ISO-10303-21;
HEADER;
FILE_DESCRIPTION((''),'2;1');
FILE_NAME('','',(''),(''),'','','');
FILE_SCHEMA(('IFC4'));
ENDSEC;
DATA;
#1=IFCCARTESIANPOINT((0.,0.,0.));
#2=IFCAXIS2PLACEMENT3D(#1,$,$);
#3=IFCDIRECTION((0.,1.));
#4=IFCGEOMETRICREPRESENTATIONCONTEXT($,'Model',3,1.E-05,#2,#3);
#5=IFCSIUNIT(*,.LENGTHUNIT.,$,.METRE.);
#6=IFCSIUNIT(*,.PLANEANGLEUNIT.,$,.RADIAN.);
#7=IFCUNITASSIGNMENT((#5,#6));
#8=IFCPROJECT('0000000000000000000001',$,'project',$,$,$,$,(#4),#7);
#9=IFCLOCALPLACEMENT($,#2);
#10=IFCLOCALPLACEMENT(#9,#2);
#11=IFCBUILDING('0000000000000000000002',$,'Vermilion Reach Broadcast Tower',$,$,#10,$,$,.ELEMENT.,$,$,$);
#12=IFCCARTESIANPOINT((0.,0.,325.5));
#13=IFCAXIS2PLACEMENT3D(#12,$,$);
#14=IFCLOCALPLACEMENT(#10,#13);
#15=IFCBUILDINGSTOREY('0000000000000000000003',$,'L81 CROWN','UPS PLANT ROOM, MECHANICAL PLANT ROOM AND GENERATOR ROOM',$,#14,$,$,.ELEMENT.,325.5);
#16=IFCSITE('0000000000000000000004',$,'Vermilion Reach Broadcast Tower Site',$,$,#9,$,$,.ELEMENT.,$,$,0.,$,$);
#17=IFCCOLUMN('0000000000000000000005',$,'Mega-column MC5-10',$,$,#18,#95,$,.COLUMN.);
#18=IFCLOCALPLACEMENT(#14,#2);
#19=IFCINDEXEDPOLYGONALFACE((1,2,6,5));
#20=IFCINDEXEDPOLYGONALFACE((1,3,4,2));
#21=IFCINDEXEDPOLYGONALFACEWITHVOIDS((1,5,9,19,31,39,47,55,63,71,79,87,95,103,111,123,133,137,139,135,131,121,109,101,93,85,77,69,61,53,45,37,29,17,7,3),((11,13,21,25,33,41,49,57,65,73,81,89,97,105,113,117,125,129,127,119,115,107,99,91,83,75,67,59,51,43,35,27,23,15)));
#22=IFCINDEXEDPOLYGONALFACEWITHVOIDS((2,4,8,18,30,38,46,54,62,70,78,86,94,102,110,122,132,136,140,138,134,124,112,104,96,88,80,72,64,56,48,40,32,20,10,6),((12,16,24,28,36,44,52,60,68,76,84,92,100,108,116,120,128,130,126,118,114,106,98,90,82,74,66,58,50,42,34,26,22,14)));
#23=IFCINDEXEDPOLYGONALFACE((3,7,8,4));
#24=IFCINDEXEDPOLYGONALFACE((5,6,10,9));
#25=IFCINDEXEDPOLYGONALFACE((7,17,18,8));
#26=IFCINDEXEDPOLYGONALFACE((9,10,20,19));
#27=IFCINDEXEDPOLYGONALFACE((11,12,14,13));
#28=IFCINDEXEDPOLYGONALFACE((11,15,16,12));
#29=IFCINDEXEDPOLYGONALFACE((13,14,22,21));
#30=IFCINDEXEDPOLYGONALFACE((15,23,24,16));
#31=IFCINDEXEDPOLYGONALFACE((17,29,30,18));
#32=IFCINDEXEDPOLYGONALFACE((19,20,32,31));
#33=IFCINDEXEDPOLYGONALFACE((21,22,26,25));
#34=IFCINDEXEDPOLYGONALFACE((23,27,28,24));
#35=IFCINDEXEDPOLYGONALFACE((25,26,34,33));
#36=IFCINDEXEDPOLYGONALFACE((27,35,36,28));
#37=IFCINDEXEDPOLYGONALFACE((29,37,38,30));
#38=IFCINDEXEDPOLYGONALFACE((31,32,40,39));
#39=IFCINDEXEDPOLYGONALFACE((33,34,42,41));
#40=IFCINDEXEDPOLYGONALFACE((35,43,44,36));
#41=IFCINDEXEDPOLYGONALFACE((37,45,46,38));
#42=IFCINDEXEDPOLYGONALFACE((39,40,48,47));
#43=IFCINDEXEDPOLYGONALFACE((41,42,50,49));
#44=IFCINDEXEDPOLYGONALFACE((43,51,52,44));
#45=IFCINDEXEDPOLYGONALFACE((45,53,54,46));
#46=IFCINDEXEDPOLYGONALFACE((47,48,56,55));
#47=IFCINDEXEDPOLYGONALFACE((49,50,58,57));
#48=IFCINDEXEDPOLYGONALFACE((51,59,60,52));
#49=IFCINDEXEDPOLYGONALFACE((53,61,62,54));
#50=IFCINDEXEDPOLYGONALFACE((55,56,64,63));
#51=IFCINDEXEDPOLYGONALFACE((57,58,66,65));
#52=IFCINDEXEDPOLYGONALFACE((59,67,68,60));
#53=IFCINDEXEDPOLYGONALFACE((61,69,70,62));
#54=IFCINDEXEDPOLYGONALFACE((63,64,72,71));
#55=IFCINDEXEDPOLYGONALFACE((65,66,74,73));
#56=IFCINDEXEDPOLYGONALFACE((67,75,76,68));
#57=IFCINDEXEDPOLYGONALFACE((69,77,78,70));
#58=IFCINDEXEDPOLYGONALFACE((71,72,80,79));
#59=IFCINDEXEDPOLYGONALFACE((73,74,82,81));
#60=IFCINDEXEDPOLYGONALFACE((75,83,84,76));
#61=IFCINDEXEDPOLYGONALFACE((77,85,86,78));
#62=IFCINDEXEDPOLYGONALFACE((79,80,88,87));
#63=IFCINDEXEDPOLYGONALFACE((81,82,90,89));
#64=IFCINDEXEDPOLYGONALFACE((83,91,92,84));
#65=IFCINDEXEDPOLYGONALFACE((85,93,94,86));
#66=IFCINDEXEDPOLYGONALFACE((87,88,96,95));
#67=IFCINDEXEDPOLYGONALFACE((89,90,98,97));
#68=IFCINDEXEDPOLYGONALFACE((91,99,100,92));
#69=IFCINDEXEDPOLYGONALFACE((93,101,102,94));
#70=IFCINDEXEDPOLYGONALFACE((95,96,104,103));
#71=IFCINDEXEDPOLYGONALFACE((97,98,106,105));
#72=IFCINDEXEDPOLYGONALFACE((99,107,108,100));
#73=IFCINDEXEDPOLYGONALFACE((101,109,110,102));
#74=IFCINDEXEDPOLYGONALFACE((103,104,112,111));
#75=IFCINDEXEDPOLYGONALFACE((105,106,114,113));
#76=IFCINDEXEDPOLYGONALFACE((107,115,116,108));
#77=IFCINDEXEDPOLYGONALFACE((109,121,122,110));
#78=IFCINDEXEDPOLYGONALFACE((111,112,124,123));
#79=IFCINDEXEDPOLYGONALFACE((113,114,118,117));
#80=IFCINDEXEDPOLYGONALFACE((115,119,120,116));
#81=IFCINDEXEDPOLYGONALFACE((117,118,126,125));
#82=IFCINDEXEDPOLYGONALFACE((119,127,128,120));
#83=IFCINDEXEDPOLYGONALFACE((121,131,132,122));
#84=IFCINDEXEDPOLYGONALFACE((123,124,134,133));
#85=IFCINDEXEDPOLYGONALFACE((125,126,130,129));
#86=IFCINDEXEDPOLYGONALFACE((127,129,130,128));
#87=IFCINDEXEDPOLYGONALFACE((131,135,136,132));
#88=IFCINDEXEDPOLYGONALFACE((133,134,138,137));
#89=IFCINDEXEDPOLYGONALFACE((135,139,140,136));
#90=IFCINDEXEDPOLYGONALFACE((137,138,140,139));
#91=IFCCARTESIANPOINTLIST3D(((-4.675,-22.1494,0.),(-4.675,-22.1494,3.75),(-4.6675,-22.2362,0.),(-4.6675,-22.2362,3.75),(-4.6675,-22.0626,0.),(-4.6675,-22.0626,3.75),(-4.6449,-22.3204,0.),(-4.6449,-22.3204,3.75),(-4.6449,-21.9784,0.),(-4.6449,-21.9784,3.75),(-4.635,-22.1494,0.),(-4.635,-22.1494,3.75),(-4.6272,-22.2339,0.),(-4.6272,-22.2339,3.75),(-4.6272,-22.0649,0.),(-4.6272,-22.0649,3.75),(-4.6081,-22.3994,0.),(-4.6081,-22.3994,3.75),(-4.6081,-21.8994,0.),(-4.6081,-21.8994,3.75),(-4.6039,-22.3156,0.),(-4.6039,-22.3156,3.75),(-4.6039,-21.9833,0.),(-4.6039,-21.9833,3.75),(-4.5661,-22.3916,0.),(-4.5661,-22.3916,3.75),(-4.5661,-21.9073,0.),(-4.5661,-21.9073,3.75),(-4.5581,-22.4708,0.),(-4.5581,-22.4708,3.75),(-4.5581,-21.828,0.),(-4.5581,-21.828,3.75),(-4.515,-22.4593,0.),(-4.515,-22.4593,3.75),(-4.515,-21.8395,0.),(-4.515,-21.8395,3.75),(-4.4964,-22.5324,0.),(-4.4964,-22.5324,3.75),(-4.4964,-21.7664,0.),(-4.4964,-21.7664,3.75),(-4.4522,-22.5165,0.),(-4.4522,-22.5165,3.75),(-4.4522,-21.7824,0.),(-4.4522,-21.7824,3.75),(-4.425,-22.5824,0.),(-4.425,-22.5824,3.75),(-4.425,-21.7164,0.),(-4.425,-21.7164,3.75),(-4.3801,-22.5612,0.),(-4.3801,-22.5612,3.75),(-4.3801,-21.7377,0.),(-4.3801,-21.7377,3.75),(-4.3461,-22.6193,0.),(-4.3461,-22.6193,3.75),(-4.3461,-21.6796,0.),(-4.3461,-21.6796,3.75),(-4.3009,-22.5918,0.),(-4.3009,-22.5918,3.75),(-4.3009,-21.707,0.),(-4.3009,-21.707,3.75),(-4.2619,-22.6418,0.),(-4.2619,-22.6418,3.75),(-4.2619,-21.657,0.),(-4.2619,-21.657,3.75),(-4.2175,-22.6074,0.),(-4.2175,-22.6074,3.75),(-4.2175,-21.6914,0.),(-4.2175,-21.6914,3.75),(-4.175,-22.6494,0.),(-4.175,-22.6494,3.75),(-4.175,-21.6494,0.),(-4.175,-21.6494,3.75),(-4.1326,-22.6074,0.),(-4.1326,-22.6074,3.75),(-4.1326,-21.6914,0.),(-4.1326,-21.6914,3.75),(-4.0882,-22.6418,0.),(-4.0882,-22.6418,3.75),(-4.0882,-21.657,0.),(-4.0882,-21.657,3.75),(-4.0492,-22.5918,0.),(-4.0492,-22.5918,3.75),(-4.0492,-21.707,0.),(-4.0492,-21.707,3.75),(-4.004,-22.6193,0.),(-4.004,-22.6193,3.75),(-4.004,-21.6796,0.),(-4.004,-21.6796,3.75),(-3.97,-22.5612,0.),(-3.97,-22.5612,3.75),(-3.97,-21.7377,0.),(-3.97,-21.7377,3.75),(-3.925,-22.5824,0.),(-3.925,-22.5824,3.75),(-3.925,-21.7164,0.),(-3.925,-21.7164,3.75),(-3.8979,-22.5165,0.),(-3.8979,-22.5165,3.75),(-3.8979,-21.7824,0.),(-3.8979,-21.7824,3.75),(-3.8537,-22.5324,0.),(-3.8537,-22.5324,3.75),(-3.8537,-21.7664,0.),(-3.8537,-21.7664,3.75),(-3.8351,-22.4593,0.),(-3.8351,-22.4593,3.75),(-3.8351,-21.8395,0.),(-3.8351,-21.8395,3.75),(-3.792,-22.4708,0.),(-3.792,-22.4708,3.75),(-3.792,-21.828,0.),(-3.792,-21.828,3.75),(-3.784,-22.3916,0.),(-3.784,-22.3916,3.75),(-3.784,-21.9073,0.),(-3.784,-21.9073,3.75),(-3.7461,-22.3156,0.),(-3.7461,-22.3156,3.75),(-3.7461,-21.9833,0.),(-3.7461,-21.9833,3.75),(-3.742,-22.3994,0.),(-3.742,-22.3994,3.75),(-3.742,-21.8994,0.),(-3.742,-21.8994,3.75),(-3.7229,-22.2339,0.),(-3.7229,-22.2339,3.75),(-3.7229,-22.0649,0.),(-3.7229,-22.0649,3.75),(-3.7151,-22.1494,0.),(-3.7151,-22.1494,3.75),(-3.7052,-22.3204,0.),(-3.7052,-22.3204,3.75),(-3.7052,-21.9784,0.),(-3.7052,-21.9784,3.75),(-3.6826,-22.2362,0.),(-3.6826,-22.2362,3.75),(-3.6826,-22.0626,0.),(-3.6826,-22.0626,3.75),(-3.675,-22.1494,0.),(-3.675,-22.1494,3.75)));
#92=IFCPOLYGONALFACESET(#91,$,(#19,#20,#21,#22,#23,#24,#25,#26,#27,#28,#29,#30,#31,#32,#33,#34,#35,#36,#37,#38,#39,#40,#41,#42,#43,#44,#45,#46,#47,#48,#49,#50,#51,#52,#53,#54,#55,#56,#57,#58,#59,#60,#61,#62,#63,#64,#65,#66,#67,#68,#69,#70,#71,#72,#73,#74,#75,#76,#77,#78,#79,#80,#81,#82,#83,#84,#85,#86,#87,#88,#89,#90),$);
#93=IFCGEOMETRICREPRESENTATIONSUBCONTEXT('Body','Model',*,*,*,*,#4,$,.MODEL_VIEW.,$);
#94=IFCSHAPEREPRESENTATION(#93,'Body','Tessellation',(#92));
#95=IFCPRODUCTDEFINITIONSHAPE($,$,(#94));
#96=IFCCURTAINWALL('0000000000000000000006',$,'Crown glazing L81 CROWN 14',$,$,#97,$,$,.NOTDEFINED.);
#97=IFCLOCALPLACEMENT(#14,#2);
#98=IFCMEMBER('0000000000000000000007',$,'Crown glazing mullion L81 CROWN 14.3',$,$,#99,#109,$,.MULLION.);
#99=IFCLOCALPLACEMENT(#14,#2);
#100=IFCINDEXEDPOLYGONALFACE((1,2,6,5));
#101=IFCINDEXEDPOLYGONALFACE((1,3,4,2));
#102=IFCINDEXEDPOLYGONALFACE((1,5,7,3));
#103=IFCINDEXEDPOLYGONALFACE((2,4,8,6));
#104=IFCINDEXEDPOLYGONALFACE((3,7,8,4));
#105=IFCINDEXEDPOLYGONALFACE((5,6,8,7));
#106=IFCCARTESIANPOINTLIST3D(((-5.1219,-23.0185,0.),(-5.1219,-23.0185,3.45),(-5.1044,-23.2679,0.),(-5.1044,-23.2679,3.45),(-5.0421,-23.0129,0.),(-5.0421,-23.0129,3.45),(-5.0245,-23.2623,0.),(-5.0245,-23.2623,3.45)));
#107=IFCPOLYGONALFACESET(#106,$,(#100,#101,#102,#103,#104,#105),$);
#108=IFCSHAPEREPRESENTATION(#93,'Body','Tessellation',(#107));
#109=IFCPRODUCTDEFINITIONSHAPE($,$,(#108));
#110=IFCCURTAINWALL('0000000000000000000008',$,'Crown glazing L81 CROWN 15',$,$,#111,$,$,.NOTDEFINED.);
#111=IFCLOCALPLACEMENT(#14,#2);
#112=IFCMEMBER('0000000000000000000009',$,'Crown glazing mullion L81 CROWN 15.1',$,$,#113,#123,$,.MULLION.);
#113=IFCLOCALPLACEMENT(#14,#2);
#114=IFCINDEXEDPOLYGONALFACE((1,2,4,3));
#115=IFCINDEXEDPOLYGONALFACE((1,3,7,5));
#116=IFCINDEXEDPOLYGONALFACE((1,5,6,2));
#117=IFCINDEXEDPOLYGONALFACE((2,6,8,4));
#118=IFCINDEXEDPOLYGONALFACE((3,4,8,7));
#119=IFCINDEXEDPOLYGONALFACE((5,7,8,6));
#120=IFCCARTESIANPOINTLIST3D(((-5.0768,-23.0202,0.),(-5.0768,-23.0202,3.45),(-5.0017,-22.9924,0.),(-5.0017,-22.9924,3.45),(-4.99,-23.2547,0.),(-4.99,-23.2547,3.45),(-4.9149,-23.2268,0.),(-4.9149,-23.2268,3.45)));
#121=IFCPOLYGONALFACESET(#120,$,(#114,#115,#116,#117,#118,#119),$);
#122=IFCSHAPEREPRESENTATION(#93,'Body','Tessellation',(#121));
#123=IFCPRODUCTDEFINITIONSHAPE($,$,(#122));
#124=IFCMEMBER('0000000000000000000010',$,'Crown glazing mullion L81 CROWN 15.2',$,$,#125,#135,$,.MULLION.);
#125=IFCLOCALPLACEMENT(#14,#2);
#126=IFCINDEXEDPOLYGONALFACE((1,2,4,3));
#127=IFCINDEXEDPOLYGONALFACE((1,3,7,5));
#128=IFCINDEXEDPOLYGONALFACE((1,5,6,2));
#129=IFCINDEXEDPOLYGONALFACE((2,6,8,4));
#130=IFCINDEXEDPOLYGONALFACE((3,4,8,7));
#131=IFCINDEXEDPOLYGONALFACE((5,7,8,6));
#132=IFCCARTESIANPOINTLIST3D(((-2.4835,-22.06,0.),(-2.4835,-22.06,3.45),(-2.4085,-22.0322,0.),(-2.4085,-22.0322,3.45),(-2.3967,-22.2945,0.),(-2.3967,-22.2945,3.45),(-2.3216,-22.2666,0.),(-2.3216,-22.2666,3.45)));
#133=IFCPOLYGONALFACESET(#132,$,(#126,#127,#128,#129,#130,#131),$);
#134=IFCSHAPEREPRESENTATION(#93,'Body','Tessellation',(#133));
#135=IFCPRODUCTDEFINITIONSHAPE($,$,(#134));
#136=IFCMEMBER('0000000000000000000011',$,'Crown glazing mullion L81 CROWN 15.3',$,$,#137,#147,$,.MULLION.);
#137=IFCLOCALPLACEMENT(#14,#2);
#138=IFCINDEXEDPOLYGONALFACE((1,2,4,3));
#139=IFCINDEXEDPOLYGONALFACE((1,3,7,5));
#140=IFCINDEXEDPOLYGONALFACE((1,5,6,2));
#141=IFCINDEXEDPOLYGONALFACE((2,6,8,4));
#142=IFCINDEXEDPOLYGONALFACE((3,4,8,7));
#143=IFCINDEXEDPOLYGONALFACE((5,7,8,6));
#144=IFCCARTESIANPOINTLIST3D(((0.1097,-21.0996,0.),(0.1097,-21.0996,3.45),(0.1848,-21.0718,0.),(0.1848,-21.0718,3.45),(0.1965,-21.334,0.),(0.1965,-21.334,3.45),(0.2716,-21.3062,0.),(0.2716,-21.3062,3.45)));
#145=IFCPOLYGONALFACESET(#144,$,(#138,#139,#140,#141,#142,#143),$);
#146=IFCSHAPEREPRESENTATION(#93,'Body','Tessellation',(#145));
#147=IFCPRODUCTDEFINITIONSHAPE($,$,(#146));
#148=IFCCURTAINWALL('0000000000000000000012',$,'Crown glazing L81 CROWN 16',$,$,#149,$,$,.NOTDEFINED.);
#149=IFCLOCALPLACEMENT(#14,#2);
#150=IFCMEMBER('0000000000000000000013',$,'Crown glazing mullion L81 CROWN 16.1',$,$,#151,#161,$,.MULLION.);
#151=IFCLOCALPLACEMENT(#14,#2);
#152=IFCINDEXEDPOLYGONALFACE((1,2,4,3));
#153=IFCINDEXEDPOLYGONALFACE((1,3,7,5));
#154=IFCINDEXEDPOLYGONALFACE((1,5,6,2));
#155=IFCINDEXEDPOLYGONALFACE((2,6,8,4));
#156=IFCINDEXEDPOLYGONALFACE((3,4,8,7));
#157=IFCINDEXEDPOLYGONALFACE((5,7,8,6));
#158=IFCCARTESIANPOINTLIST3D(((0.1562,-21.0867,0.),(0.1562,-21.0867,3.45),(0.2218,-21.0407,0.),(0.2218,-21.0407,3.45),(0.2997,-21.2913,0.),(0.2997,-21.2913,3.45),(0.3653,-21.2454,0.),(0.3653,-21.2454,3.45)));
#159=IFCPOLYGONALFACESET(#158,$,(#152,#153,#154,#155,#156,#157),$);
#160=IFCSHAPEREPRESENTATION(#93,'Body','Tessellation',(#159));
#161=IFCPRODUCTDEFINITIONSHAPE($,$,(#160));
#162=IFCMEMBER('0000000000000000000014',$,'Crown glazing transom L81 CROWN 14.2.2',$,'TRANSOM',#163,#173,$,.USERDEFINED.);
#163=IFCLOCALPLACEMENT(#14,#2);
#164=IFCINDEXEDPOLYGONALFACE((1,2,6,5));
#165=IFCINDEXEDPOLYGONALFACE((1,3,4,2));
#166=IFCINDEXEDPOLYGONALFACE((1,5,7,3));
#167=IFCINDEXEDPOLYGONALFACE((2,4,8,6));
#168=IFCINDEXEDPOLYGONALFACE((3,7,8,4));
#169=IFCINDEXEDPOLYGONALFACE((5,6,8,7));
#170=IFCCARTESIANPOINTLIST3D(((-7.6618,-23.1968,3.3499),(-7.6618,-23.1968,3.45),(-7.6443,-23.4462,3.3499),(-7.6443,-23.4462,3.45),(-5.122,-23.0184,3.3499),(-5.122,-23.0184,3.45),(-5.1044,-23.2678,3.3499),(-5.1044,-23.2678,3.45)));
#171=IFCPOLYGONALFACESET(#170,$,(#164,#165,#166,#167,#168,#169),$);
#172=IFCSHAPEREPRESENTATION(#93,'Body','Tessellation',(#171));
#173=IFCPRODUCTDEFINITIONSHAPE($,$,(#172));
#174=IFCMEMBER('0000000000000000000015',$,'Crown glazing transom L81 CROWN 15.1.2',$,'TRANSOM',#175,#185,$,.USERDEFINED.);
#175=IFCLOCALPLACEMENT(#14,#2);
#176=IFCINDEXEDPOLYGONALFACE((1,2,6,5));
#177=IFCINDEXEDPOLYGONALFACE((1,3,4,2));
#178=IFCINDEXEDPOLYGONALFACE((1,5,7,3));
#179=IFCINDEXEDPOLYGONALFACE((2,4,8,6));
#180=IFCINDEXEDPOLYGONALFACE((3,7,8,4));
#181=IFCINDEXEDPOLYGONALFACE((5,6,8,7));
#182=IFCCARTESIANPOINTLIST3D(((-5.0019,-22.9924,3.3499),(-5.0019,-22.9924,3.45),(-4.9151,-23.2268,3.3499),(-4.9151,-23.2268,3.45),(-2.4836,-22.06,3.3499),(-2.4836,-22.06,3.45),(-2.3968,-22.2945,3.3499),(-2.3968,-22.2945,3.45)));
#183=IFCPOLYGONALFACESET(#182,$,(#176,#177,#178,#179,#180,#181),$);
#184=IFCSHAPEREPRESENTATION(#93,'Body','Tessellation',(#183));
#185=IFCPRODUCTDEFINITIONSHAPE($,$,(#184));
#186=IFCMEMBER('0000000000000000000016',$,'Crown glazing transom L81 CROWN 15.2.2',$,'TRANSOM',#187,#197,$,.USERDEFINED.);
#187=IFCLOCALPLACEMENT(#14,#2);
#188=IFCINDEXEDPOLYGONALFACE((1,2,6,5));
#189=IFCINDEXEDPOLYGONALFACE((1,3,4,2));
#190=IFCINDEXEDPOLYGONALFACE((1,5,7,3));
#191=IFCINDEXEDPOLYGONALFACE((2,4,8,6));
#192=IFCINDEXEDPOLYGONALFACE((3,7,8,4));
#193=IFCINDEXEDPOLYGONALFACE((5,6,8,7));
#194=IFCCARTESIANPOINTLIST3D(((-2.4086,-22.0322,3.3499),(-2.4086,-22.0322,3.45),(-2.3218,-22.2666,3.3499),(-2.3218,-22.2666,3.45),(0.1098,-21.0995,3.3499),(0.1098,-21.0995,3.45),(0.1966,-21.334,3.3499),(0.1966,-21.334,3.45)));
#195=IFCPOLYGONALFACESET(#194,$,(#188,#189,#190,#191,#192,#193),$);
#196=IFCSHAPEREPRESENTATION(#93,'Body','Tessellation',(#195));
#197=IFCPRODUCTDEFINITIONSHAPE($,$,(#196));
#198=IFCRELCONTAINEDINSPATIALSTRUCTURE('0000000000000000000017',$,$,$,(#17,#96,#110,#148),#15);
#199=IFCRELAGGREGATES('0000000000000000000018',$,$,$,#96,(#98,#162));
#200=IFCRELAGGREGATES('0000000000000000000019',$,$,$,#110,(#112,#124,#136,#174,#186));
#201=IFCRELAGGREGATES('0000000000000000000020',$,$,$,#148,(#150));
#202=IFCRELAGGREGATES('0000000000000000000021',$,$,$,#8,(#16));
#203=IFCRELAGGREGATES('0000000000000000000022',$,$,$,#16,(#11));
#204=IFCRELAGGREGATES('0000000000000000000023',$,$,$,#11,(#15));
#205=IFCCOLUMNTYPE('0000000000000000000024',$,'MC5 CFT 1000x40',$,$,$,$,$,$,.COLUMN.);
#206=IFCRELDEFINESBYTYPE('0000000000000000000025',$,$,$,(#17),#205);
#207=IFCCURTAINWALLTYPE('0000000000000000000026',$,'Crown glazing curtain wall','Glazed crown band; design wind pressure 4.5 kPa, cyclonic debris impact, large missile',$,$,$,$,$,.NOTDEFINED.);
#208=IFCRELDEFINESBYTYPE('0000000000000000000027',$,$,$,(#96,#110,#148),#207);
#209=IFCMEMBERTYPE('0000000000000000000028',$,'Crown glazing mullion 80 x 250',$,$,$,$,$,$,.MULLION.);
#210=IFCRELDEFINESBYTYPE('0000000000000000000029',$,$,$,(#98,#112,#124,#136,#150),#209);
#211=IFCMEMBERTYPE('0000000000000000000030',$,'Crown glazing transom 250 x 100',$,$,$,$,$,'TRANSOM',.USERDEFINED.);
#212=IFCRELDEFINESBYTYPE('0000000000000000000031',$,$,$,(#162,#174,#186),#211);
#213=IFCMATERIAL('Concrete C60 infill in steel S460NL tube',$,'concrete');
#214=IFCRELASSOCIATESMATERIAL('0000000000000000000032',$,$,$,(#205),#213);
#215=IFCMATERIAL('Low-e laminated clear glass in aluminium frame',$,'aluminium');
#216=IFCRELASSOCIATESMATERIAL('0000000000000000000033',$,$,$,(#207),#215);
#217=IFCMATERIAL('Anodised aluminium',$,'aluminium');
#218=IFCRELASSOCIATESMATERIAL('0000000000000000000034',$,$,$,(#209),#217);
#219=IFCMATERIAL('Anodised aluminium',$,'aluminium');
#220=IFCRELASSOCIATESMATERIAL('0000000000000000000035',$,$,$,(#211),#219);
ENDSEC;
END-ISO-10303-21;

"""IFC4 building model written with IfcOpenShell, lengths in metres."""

from ifc_helpers import new_model, si_unit, direction, frame, origin, origin_2d, place, context, subcontext, project, spatial, rectangle, hollow_circle, extrude, material, material_profile, profile_set, type_object, element, aggregate, save


model = new_model("IFC4")

# Units and contexts
model_context = context("Model", 3, precision=1e-05, world=origin(), true_north=direction((0.0, 1.0)))
body_context = subcontext(model_context, "Body", "Model", "MODEL_VIEW")
ifc_project = project(units=[si_unit("LENGTHUNIT", "METRE"), si_unit("PLANEANGLEUNIT", "RADIAN")], contexts=[model_context])

# Site, building, storey
site_placement = place(None, origin())
site = spatial("IfcSite", under=ifc_project, at=site_placement, Name="Vermilion Reach Broadcast Tower Site", CompositionType="ELEMENT", RefElevation=0.0)
building_placement = place(site_placement, origin())
building = spatial("IfcBuilding", under=site, at=building_placement, Name="Vermilion Reach Broadcast Tower", CompositionType="ELEMENT")
storey_placement = place(building_placement, frame((0.0, 0.0, 325.5)))
storey = spatial("IfcBuildingStorey", under=building, at=storey_placement, Name="L81 CROWN", Description="UPS PLANT ROOM, MECHANICAL PLANT ROOM AND GENERATOR ROOM", CompositionType="ELEMENT", Elevation=325.5)

# Column
ifc_material_1 = material(Name="Concrete C60 infill in steel S460NL tube", Category="concrete")
ifc_material_profile_1 = material_profile(ifc_material_1, hollow_circle(Radius=0.5, WallThickness=0.04, at=origin_2d()), Name="Concrete C60 infill in steel S460NL tube CFT 1000x40")
ifc_profile_set_1 = profile_set([ifc_material_profile_1], Name="Concrete C60 infill in steel S460NL tube")
column_type = type_object("IfcColumnType", Name="MC5 CFT 1000x40", PredefinedType="COLUMN", material=ifc_profile_set_1)
column_placement = place(storey_placement, frame((-4.175, -22.1494, 0.0), z_axis=(0.0, 0.0, 1.0), x_axis=(1.0, 0.0, 0.0)))
element("IfcColumn", 1, at=column_placement, inside=storey, type_object=column_type, Name="Mega-column MC5-10", PredefinedType="COLUMN", context=body_context, shape_type="SweptSolid", body=[
    extrude(hollow_circle(Radius=0.5, WallThickness=0.04, at=origin_2d()), origin(), (0.0, 0.0, 1.0), 3.75),
])

# Curtain wall, member
ifc_material_2 = material(Name="Low-e laminated clear glass in aluminium frame", Category="aluminium")
curtain_wall_type = type_object("IfcCurtainWallType", Name="Crown glazing curtain wall", Description="Glazed crown band; design wind pressure 4.5 kPa, cyclonic debris impact, large missile", PredefinedType="NOTDEFINED", material=ifc_material_2)
placement = place(storey_placement, origin())
curtain_wall_1 = element("IfcCurtainWall", 2, at=placement, inside=storey, type_object=curtain_wall_type, Name="Crown glazing L81 CROWN 14", PredefinedType="NOTDEFINED")
ifc_material_3 = material(Name="Anodised aluminium", Category="aluminium")
ifc_material_profile_2 = material_profile(ifc_material_3, rectangle(XDim=0.25, YDim=0.0801, at=origin_2d()), Name="Crown glazing mullion 80 x 250")
ifc_profile_set_2 = profile_set([ifc_material_profile_2], Name="Anodised aluminium")
member_type_1 = type_object("IfcMemberType", Name="Crown glazing mullion 80 x 250", PredefinedType="MULLION", material=ifc_profile_set_2)
member_1_placement = place(storey_placement, frame((-5.0732, -23.1404, 0.0), z_axis=(0.0, 0.0, 1.0), x_axis=(-0.070082, 0.997541, 0.0)))
member_1 = element("IfcMember", 3, at=member_1_placement, type_object=member_type_1, Name="Crown glazing mullion L81 CROWN 14.3", PredefinedType="MULLION", context=body_context, shape_type="SweptSolid", body=[
    extrude(rectangle(XDim=0.25, YDim=0.0801, at=origin_2d()), origin(), (0.0, 0.0, 1.0), 3.45),
])

# Curtain wall, members
curtain_wall_2 = element("IfcCurtainWall", 4, at=placement, inside=storey, type_object=curtain_wall_type, Name="Crown glazing L81 CROWN 15", PredefinedType="NOTDEFINED")
member_2_placement = place(storey_placement, frame((-4.9958, -23.1235, 0.0), z_axis=(0.0, 0.0, 1.0), x_axis=(-0.347291, 0.937757, 0.0)))
member_2 = element("IfcMember", 5, at=member_2_placement, type_object=member_type_1, Name="Crown glazing mullion L81 CROWN 15.1", PredefinedType="MULLION", context=body_context, shape_type="SweptSolid", body=[
    extrude(rectangle(XDim=0.25, YDim=0.0801, at=origin_2d()), origin(), (0.0, 0.0, 1.0), 3.45),
])
member_3_placement = place(storey_placement, frame((-2.4026, -22.1633, 0.0), z_axis=(0.0, 0.0, 1.0), x_axis=(-0.347291, 0.937757, 0.0)))
member_3 = element("IfcMember", 6, at=member_3_placement, type_object=member_type_1, Name="Crown glazing mullion L81 CROWN 15.2", PredefinedType="MULLION", context=body_context, shape_type="SweptSolid", body=[
    extrude(rectangle(XDim=0.25, YDim=0.0801, at=origin_2d()), origin(), (0.0, 0.0, 1.0), 3.45),
])
member_4_placement = place(storey_placement, frame((0.1907, -21.2029, 0.0), z_axis=(0.0, 0.0, 1.0), x_axis=(-0.347291, 0.937757, 0.0)))
member_4 = element("IfcMember", 7, at=member_4_placement, type_object=member_type_1, Name="Crown glazing mullion L81 CROWN 15.3", PredefinedType="MULLION", context=body_context, shape_type="SweptSolid", body=[
    extrude(rectangle(XDim=0.25, YDim=0.0801, at=origin_2d()), origin(), (0.0, 0.0, 1.0), 3.45),
])

# Curtain wall, member
curtain_wall_3 = element("IfcCurtainWall", 8, at=placement, inside=storey, type_object=curtain_wall_type, Name="Crown glazing L81 CROWN 16", PredefinedType="NOTDEFINED")
member_5_placement = place(storey_placement, frame((0.2607, -21.166, 0.0), z_axis=(0.0, 0.0, 1.0), x_axis=(-0.574164, 0.81874, 0.0)))
member_5 = element("IfcMember", 9, at=member_5_placement, type_object=member_type_1, Name="Crown glazing mullion L81 CROWN 16.1", PredefinedType="MULLION", context=body_context, shape_type="SweptSolid", body=[
    extrude(rectangle(XDim=0.25, YDim=0.0801, at=origin_2d()), origin(), (0.0, 0.0, 1.0), 3.45),
])

# Members
ifc_material_4 = material(Name="Anodised aluminium", Category="aluminium")
ifc_material_profile_3 = material_profile(ifc_material_4, rectangle(XDim=0.25, YDim=0.1001, at=origin_2d()), Name="Crown glazing transom 250 x 100")
ifc_profile_set_3 = profile_set([ifc_material_profile_3], Name="Anodised aluminium")
member_type_2 = type_object("IfcMemberType", Name="Crown glazing transom 250 x 100", ElementType="TRANSOM", PredefinedType="USERDEFINED", material=ifc_profile_set_3)
member_6_placement = place(storey_placement, frame((-7.6531, -23.3215, 3.3999), z_axis=(0.99754, 0.070095, 0.0), x_axis=(-0.070095, 0.99754, 0.0)))
member_6 = element("IfcMember", 10, at=member_6_placement, type_object=member_type_2, Name="Crown glazing transom L81 CROWN 14.2.2", ObjectType="TRANSOM", PredefinedType="USERDEFINED", context=body_context, shape_type="SweptSolid", body=[
    extrude(rectangle(XDim=0.25, YDim=0.1001, at=origin_2d()), origin(), (0.0, 0.0, 1.0), 2.5461),
])
member_7_placement = place(storey_placement, frame((-4.9585, -23.1096, 3.3999), z_axis=(0.937789, 0.347205, 0.0), x_axis=(-0.347205, 0.937789, 0.0)))
member_7 = element("IfcMember", 11, at=member_7_placement, type_object=member_type_2, Name="Crown glazing transom L81 CROWN 15.1.2", ObjectType="TRANSOM", PredefinedType="USERDEFINED", context=body_context, shape_type="SweptSolid", body=[
    extrude(rectangle(XDim=0.25, YDim=0.1001, at=origin_2d()), origin(), (0.0, 0.0, 1.0), 2.6853),
])
member_8_placement = place(storey_placement, frame((-2.3652, -22.1494, 3.3999), z_axis=(0.93776, 0.347285, 0.0), x_axis=(-0.347285, 0.93776, 0.0)))
member_8 = element("IfcMember", 12, at=member_8_placement, type_object=member_type_2, Name="Crown glazing transom L81 CROWN 15.2.2", ObjectType="TRANSOM", PredefinedType="USERDEFINED", context=body_context, shape_type="SweptSolid", body=[
    extrude(rectangle(XDim=0.25, YDim=0.1001, at=origin_2d()), origin(), (0.0, 0.0, 1.0), 2.6855),
])

aggregate(curtain_wall_1, [member_1, member_6])
aggregate(curtain_wall_2, [member_2, member_3, member_4, member_7, member_8])
aggregate(curtain_wall_3, [member_5])

save(model, "model.ifc")
